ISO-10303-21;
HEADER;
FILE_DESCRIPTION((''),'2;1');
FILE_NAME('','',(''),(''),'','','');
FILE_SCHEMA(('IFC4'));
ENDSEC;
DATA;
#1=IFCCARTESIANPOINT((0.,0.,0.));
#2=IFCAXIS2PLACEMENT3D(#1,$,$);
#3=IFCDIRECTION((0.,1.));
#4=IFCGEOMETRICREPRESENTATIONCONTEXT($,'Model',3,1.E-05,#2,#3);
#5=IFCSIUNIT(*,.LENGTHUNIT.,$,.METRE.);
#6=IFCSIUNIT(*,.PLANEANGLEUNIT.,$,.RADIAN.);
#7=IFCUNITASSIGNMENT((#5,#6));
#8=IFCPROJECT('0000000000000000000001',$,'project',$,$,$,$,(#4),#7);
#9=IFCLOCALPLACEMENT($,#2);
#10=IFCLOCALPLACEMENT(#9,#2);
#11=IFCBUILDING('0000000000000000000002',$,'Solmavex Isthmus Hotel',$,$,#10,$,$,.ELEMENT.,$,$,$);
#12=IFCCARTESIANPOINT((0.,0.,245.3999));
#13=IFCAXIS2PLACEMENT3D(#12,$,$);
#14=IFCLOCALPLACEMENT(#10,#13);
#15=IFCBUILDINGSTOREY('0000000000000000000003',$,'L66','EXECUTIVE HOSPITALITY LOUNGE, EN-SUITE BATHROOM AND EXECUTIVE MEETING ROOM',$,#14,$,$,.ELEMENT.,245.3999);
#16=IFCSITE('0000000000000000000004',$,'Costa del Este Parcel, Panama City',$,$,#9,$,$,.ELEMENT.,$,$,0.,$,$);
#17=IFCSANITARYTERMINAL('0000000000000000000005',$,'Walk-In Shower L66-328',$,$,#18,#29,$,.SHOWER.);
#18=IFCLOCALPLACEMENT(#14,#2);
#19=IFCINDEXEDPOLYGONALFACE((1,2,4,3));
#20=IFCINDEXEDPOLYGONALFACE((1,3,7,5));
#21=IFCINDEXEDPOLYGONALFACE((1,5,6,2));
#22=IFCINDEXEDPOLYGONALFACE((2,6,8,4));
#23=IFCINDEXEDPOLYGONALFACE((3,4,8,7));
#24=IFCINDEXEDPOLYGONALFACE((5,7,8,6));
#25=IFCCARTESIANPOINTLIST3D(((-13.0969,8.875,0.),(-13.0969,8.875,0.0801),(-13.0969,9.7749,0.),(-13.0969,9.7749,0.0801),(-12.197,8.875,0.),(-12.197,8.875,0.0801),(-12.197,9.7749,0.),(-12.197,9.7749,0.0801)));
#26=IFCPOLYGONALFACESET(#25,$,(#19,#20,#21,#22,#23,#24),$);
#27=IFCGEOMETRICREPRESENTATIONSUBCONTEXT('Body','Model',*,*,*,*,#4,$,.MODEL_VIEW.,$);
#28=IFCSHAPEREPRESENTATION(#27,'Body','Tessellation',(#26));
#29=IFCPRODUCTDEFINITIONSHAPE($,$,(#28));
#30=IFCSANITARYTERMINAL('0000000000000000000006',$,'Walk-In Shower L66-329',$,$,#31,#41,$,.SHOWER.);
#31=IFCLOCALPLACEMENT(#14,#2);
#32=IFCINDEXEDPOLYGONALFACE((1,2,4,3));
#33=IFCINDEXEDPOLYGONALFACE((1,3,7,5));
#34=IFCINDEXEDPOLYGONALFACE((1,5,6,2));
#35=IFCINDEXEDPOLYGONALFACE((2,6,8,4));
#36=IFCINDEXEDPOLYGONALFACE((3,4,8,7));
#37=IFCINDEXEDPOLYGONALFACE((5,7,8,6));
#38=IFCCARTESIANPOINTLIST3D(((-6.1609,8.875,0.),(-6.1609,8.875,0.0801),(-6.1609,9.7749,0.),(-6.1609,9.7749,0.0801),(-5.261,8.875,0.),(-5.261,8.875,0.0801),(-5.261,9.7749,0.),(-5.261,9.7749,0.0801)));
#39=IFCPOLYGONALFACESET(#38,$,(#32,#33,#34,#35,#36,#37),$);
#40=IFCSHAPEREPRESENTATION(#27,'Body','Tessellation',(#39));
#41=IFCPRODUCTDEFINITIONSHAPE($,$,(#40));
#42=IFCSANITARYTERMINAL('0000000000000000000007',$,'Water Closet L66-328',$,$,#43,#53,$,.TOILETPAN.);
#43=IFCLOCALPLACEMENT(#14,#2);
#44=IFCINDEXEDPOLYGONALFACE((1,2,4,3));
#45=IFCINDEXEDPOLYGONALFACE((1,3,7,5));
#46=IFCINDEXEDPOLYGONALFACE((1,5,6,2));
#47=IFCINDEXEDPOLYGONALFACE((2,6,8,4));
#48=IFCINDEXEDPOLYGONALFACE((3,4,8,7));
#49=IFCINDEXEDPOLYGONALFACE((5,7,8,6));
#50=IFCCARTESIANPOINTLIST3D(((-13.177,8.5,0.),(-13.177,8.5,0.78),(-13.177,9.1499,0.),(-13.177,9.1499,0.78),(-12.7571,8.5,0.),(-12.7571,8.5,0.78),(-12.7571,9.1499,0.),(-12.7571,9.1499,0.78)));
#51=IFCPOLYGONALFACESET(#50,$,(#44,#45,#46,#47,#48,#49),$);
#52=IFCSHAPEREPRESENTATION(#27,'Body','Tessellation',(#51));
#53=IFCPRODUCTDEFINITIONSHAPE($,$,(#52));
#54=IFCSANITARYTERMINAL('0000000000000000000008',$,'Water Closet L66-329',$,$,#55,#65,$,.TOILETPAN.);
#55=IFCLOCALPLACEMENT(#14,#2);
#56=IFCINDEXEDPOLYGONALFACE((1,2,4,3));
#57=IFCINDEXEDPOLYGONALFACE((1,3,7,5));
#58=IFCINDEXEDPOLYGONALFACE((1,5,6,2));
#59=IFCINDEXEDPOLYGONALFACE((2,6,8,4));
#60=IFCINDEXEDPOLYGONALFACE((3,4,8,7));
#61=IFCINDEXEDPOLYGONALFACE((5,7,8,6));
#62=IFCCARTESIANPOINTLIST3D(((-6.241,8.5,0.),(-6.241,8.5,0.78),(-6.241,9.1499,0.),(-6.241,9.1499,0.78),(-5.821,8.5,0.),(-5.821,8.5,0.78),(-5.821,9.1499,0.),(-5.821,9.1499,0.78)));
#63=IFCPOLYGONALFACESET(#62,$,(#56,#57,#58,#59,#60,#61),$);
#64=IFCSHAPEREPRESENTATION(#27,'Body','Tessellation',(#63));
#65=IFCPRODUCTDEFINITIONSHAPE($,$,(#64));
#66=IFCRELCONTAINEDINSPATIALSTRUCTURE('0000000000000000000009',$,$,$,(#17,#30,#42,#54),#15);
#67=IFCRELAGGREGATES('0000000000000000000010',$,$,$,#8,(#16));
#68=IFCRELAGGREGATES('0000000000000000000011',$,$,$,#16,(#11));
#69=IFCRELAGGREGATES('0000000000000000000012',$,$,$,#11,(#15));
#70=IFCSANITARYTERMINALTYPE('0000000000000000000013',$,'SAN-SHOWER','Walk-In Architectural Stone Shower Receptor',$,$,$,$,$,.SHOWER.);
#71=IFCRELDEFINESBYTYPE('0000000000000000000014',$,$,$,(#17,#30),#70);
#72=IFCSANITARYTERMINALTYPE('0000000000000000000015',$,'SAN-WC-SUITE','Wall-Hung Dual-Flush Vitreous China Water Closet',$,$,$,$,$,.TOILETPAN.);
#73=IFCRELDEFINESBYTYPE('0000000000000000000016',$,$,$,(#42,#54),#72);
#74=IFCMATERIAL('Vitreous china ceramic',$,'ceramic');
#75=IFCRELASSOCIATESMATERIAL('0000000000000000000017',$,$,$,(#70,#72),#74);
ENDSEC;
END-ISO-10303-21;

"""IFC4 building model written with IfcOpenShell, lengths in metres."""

from ifc_helpers import new_model, si_unit, direction, frame, origin, origin_2d, place, context, subcontext, project, spatial, rectangle, extrude, material, type_object, element, save


model = new_model("IFC4")

# Units and contexts
model_context = context("Model", 3, precision=1e-05, world=origin(), true_north=direction((0.0, 1.0)))
body_context = subcontext(model_context, "Body", "Model", "MODEL_VIEW")
ifc_project = project(units=[si_unit("LENGTHUNIT", "METRE"), si_unit("PLANEANGLEUNIT", "RADIAN")], contexts=[model_context])

# Site, building, storey
site_placement = place(None, origin())
site = spatial("IfcSite", under=ifc_project, at=site_placement, Name="Costa del Este Parcel, Panama City", CompositionType="ELEMENT", RefElevation=0.0)
building_placement = place(site_placement, origin())
building = spatial("IfcBuilding", under=site, at=building_placement, Name="Solmavex Isthmus Hotel", CompositionType="ELEMENT")
storey_placement = place(building_placement, frame((0.0, 0.0, 245.3999)))
storey = spatial("IfcBuildingStorey", under=building, at=storey_placement, Name="L66", Description="EXECUTIVE HOSPITALITY LOUNGE, EN-SUITE BATHROOM AND EXECUTIVE MEETING ROOM", CompositionType="ELEMENT", Elevation=245.3999)

# Sanitary terminals
ifc_material_1 = material(Name="Vitreous china ceramic", Category="ceramic")
sanitary_terminal_type_1 = type_object("IfcSanitaryTerminalType", Name="SAN-SHOWER", Description="Walk-In Architectural Stone Shower Receptor", PredefinedType="SHOWER", material=ifc_material_1)
for number, where, z_axis, x_axis, name in (
    (1, (-12.647, 9.325, 0.0), (0.0, 0.0, 1.0), (1.0, 0.0, 0.0), "Walk-In Shower L66-328"),
    (2, (-5.7109, 9.325, 0.0), (0.0, 0.0, 1.0), (1.0, 0.0, 0.0), "Walk-In Shower L66-329"),
):
    element("IfcSanitaryTerminal", number, at=place(storey_placement, frame(where, z_axis=z_axis, x_axis=x_axis)), inside=storey, type_object=sanitary_terminal_type_1, Name=name, PredefinedType="SHOWER", context=body_context, shape_type="SweptSolid", body=[
        extrude(rectangle(XDim=0.8999, YDim=0.8999, at=origin_2d()), origin(), (0.0, 0.0, 1.0), 0.0801),
    ])
sanitary_terminal_type_2 = type_object("IfcSanitaryTerminalType", Name="SAN-WC-SUITE", Description="Wall-Hung Dual-Flush Vitreous China Water Closet", PredefinedType="TOILETPAN", material=ifc_material_1)
for number, where, z_axis, x_axis, name in (
    (3, (-12.967, 8.825, 0.0), (0.0, 0.0, 1.0), (1.0, 0.0, 0.0), "Water Closet L66-328"),
    (4, (-6.031, 8.825, 0.0), (0.0, 0.0, 1.0), (1.0, 0.0, 0.0), "Water Closet L66-329"),
):
    element("IfcSanitaryTerminal", number, at=place(storey_placement, frame(where, z_axis=z_axis, x_axis=x_axis)), inside=storey, type_object=sanitary_terminal_type_2, Name=name, PredefinedType="TOILETPAN", context=body_context, shape_type="SweptSolid", body=[
        extrude(rectangle(XDim=0.4199, YDim=0.6499, at=origin_2d()), origin(), (0.0, 0.0, 1.0), 0.78),
    ])

save(model, "model.ifc")
